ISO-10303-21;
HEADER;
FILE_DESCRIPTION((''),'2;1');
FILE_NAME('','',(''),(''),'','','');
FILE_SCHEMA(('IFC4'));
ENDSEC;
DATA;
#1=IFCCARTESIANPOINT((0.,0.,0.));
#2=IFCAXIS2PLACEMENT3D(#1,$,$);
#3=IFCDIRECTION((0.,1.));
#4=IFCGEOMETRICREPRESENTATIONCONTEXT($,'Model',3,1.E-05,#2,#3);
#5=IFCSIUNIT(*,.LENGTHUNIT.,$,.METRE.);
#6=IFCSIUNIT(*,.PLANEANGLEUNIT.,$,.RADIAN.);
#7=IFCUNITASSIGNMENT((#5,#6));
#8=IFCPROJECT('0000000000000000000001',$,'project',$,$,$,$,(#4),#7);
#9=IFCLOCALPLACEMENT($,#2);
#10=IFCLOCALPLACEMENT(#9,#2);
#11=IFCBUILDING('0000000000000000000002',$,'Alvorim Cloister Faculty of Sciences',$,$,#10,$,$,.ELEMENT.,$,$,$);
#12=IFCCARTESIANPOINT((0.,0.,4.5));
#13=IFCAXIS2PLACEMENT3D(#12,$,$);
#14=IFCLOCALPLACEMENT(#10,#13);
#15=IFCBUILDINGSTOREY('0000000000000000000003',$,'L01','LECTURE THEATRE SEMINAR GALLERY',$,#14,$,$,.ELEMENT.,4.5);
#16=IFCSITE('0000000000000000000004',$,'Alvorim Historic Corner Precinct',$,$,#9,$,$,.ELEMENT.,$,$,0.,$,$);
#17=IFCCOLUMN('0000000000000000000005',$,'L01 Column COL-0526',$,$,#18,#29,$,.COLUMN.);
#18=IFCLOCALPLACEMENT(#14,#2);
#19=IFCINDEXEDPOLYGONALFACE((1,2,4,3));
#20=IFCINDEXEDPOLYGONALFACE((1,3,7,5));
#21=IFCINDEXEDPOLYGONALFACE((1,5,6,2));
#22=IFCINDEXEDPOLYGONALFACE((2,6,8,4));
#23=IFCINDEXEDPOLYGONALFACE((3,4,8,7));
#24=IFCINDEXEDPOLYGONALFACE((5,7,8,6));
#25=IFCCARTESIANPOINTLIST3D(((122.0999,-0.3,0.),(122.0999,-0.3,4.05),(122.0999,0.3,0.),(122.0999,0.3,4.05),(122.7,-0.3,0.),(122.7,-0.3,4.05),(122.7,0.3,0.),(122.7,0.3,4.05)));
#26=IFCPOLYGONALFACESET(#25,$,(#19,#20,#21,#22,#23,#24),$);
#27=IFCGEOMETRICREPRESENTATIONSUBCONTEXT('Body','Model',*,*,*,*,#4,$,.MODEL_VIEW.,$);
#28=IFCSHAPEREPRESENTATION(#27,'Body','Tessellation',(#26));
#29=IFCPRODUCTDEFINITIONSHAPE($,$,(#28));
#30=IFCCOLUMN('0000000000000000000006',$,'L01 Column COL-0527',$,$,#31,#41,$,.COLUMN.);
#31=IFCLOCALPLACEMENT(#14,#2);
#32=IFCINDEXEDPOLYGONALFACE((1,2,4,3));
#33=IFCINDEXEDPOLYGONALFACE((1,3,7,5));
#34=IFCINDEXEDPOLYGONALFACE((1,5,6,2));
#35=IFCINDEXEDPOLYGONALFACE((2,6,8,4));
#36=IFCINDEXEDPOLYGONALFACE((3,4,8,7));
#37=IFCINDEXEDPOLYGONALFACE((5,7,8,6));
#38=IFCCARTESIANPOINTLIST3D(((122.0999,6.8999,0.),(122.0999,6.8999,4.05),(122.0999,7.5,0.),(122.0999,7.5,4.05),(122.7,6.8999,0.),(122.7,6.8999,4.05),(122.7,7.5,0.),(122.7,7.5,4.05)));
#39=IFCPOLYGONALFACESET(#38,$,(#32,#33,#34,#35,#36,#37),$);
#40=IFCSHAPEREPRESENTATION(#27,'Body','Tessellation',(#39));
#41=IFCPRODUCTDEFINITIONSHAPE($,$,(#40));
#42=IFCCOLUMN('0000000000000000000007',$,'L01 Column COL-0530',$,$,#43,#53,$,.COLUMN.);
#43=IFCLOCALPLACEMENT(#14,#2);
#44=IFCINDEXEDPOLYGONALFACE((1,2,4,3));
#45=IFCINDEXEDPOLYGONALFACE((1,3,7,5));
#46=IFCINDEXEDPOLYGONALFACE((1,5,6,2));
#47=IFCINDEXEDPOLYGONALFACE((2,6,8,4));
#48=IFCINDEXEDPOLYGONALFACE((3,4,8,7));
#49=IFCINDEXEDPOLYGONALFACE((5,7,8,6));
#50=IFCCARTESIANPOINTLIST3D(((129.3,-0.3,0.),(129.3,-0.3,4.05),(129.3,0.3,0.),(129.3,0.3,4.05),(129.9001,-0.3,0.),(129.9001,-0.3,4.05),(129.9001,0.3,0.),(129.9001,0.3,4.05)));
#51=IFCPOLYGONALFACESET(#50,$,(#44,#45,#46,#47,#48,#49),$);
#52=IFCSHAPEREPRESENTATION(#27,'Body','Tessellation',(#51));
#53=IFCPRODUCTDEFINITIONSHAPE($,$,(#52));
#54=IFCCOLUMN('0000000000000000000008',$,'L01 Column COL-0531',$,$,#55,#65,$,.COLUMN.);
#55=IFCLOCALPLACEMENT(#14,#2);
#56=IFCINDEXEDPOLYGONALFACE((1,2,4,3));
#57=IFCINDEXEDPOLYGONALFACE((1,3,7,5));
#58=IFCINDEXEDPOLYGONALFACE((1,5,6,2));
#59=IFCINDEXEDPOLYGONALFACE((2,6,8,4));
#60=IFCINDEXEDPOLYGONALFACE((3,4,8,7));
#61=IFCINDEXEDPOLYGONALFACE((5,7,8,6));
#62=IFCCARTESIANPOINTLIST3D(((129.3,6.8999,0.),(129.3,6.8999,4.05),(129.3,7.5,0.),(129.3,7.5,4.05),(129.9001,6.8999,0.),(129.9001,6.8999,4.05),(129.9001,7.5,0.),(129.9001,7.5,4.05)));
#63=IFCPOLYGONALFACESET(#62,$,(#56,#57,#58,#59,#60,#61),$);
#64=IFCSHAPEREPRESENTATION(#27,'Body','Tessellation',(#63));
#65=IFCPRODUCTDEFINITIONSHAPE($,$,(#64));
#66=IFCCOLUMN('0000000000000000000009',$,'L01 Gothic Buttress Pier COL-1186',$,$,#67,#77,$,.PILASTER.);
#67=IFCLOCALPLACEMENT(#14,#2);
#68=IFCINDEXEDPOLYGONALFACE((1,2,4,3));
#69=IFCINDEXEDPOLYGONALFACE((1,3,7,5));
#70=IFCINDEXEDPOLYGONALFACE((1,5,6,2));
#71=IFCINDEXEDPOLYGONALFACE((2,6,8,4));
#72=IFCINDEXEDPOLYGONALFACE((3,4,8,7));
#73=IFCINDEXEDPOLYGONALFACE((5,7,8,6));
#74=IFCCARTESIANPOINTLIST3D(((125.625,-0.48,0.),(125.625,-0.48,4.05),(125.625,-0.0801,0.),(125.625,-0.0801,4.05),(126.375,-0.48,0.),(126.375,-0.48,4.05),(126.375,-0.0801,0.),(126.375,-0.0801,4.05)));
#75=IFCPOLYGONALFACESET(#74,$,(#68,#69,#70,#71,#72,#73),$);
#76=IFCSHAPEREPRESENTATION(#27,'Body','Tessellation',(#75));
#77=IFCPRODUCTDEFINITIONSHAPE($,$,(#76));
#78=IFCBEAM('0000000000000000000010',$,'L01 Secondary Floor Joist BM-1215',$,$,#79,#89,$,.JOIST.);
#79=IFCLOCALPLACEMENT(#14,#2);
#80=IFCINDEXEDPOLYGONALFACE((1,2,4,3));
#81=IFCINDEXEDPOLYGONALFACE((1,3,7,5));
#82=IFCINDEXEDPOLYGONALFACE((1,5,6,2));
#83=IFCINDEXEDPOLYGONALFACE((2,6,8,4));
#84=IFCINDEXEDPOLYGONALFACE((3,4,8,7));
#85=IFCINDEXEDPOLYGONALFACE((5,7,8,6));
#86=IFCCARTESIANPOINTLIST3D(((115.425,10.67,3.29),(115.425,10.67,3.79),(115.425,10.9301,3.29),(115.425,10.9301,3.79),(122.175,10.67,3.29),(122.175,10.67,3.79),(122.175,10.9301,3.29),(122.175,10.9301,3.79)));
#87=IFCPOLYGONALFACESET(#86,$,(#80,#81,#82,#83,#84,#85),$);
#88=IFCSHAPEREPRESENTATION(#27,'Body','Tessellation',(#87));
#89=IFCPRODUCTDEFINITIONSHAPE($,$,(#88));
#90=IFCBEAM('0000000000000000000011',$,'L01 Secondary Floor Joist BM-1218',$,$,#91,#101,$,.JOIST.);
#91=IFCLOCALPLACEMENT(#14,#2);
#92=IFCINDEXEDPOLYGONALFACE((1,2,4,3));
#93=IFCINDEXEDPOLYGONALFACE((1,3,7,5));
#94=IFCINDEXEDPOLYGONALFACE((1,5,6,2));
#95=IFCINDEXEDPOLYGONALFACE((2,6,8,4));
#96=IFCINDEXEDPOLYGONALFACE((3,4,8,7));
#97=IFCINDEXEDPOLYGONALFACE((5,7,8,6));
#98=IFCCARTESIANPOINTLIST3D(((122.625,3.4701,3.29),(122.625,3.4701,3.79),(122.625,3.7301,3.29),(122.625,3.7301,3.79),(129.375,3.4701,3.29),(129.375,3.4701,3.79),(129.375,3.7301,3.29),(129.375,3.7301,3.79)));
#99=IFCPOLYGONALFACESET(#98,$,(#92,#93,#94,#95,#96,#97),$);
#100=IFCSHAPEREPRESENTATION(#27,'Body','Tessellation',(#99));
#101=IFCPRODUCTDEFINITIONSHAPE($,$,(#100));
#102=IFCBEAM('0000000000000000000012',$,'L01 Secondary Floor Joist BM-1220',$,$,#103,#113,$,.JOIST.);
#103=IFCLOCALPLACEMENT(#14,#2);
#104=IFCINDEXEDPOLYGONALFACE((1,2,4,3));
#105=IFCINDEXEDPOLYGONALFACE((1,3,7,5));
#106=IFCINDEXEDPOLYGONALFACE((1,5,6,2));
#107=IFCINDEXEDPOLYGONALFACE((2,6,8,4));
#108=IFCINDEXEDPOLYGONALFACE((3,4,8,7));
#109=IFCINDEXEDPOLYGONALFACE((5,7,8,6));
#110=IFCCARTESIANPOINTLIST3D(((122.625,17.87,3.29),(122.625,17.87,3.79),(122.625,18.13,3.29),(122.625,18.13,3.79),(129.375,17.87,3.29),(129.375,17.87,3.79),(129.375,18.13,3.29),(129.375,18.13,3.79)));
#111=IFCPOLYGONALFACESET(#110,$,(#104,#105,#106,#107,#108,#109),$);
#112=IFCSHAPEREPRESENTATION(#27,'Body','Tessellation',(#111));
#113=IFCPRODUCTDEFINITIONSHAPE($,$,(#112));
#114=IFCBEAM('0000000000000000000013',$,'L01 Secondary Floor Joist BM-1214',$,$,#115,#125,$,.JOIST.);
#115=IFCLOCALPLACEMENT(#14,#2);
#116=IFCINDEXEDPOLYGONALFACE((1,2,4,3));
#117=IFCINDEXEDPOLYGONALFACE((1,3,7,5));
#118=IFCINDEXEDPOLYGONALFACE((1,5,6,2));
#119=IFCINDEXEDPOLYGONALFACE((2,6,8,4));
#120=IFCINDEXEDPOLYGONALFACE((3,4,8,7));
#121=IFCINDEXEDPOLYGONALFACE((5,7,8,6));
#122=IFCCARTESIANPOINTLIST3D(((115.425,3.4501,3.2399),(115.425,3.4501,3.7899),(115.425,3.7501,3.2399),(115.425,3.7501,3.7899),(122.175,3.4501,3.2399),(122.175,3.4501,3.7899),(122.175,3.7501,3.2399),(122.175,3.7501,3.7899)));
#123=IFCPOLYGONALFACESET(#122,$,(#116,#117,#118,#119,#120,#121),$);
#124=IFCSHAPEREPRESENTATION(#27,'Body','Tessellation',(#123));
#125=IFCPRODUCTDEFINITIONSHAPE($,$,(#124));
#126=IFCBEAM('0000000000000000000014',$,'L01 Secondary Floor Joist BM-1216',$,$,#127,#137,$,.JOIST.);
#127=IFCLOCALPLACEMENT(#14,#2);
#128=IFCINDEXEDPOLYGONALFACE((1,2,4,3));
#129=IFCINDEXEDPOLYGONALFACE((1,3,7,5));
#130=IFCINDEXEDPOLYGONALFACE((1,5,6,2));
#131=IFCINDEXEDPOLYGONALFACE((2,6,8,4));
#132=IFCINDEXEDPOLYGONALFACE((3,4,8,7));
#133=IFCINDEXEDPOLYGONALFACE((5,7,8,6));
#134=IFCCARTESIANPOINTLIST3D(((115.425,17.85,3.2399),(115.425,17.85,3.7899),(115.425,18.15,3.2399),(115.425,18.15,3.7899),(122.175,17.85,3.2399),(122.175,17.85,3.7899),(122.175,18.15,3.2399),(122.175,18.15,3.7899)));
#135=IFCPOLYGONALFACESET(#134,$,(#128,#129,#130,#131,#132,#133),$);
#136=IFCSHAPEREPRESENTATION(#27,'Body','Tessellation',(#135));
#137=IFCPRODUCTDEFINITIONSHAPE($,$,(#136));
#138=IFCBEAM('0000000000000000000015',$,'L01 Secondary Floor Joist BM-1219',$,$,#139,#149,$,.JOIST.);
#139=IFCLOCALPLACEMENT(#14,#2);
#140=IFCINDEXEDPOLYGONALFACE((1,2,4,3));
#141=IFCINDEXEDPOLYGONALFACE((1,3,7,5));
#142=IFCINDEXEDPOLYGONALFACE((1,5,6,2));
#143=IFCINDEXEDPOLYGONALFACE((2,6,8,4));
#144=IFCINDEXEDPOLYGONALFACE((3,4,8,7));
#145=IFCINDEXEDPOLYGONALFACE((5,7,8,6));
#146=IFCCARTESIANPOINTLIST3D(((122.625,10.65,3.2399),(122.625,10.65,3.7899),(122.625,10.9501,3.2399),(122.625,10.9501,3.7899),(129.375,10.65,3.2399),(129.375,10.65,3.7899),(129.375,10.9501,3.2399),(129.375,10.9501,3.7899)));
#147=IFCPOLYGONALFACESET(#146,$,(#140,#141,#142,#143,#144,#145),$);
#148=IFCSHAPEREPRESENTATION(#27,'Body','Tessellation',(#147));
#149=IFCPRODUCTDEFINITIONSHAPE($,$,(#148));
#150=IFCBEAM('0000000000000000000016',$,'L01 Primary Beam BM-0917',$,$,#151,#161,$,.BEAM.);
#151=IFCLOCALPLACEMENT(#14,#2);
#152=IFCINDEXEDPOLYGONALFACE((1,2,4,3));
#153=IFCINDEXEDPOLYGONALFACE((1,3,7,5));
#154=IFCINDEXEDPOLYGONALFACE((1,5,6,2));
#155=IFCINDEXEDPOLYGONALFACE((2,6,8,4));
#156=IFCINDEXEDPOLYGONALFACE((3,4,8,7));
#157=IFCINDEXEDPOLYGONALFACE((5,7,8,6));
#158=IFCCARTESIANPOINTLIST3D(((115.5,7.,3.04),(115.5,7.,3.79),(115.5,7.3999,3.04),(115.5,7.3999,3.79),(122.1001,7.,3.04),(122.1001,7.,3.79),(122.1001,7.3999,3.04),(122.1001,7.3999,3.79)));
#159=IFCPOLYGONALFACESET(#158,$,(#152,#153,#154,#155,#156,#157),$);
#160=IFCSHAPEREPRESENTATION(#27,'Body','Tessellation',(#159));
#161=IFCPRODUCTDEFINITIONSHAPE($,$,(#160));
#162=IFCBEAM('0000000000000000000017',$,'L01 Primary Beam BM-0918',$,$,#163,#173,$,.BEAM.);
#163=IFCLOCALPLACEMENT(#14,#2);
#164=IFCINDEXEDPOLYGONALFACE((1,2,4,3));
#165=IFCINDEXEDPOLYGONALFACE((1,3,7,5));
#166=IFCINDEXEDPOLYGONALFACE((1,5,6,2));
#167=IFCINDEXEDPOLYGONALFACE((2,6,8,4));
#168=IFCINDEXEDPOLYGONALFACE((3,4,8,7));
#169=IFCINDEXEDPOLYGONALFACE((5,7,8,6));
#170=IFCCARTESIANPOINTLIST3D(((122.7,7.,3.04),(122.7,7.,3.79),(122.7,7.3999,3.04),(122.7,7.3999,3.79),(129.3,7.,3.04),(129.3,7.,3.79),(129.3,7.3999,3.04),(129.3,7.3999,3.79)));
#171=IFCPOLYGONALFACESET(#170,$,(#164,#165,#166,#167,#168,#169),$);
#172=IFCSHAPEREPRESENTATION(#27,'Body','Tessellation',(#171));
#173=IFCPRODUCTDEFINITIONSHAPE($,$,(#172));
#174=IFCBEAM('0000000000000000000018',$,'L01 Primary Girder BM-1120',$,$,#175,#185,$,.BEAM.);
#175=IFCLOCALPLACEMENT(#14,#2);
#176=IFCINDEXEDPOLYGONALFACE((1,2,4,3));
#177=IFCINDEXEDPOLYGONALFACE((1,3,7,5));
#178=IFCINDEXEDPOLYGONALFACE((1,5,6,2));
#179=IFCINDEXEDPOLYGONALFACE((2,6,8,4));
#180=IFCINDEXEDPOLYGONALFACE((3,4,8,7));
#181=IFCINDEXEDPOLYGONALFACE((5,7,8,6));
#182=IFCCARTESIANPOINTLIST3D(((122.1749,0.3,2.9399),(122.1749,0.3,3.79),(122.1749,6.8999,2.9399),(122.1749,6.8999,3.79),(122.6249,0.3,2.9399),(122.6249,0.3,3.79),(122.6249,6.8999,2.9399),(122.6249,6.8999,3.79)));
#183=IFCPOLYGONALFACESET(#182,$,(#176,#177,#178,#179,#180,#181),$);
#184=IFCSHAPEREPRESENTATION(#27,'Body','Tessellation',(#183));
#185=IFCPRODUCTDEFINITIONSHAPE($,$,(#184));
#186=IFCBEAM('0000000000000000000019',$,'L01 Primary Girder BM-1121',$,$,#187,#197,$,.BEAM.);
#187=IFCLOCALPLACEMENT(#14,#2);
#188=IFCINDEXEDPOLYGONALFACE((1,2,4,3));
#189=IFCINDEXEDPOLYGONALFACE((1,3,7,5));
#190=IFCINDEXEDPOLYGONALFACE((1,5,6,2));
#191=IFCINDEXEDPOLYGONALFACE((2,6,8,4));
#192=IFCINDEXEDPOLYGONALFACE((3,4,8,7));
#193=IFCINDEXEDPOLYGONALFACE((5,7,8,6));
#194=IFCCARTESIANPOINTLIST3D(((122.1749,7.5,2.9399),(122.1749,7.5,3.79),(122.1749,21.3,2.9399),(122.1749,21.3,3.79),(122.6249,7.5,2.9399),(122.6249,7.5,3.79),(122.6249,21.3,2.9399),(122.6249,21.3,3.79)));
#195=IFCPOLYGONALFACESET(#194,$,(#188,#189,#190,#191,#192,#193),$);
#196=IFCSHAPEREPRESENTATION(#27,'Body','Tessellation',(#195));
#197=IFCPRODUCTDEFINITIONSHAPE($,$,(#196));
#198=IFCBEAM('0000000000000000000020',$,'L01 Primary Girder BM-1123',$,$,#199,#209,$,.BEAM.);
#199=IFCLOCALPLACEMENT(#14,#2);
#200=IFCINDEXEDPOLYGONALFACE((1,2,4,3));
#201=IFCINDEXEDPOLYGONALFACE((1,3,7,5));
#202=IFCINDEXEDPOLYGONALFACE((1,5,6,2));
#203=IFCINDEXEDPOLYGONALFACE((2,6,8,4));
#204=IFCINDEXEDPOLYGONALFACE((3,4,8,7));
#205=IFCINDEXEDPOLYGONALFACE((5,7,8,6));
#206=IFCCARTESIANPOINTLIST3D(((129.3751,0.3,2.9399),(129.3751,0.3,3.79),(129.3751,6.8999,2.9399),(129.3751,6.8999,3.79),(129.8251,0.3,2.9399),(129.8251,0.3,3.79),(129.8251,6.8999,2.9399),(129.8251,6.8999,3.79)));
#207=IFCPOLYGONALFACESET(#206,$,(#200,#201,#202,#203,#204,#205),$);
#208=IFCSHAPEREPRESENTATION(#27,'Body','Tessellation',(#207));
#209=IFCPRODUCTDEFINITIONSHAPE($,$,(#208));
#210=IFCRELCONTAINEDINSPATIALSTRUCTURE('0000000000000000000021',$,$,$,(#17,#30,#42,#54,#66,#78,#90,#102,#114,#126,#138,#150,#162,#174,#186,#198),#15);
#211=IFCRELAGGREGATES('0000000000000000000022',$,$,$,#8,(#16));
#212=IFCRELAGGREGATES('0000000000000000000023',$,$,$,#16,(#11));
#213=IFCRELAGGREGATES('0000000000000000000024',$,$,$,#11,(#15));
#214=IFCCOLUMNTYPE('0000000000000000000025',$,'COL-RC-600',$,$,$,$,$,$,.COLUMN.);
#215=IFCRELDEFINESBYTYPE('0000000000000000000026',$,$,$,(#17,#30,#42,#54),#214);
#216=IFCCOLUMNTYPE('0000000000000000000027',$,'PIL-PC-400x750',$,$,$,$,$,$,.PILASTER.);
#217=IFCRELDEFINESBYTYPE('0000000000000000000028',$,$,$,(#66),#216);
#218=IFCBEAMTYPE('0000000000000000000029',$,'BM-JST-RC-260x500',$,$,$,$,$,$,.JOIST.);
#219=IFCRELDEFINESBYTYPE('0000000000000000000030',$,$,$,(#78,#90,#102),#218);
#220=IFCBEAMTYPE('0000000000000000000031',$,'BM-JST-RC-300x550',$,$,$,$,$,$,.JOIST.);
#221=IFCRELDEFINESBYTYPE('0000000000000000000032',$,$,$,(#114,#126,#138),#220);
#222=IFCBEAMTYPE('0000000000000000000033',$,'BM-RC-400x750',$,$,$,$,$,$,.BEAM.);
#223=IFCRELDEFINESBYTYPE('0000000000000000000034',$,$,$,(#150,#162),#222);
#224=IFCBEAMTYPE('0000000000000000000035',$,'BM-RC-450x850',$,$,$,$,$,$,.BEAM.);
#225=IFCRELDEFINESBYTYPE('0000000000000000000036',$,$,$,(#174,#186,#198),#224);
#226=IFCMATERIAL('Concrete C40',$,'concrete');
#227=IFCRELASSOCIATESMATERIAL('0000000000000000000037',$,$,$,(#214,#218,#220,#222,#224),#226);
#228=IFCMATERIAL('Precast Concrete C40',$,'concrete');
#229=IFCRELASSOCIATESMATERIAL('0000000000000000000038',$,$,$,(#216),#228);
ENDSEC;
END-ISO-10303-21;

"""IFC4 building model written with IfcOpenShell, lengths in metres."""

from ifc_helpers import new_model, si_unit, direction, frame, origin, origin_2d, place, context, subcontext, project, spatial, rectangle, extrude, material, material_profile, profile_set, type_object, element, save


model = new_model("IFC4")

# Units and contexts
model_context = context("Model", 3, precision=1e-05, world=origin(), true_north=direction((0.0, 1.0)))
body_context = subcontext(model_context, "Body", "Model", "MODEL_VIEW")
ifc_project = project(units=[si_unit("LENGTHUNIT", "METRE"), si_unit("PLANEANGLEUNIT", "RADIAN")], contexts=[model_context])

# Site, building, storey
site_placement = place(None, origin())
site = spatial("IfcSite", under=ifc_project, at=site_placement, Name="Alvorim Historic Corner Precinct", CompositionType="ELEMENT", RefElevation=0.0)
building_placement = place(site_placement, origin())
building = spatial("IfcBuilding", under=site, at=building_placement, Name="Alvorim Cloister Faculty of Sciences", CompositionType="ELEMENT")
storey_placement = place(building_placement, frame((0.0, 0.0, 4.5)))
storey = spatial("IfcBuildingStorey", under=building, at=storey_placement, Name="L01", Description="LECTURE THEATRE SEMINAR GALLERY", CompositionType="ELEMENT", Elevation=4.5)

# Columns
ifc_material_1 = material(Name="Concrete C40", Category="concrete")
ifc_material_profile_1 = material_profile(ifc_material_1, rectangle(XDim=0.6001, YDim=0.6001, at=origin_2d()), Name="RC40-COL-600x600")
ifc_profile_set_1 = profile_set([ifc_material_profile_1], Name="Concrete C40")
column_type_1 = type_object("IfcColumnType", Name="COL-RC-600", PredefinedType="COLUMN", material=ifc_profile_set_1)
for number, where, z_axis, x_axis, name in (
    (1, (122.3999, 0.0, 0.0), (0.0, 0.0, 1.0), (1.0, 0.0, 0.0), "L01 Column COL-0526"),
    (2, (122.3999, 7.2, 0.0), (0.0, 0.0, 1.0), (1.0, 0.0, 0.0), "L01 Column COL-0527"),
    (3, (129.6001, 0.0, 0.0), (0.0, 0.0, 1.0), (1.0, 0.0, 0.0), "L01 Column COL-0530"),
    (4, (129.6001, 7.2, 0.0), (0.0, 0.0, 1.0), (1.0, 0.0, 0.0), "L01 Column COL-0531"),
):
    element("IfcColumn", number, at=place(storey_placement, frame(where, z_axis=z_axis, x_axis=x_axis)), inside=storey, type_object=column_type_1, Name=name, PredefinedType="COLUMN", context=body_context, shape_type="SweptSolid", body=[
        extrude(rectangle(XDim=0.6001, YDim=0.6001, at=origin_2d()), origin(), (0.0, 0.0, 1.0), 4.05),
    ])
ifc_material_2 = material(Name="Precast Concrete C40", Category="concrete")
ifc_material_profile_2 = material_profile(ifc_material_2, rectangle(XDim=0.3999, YDim=0.75, at=origin_2d()), Name="RC40-PIL-400x750")
ifc_profile_set_2 = profile_set([ifc_material_profile_2], Name="Precast Concrete C40")
column_type_2 = type_object("IfcColumnType", Name="PIL-PC-400x750", PredefinedType="PILASTER", material=ifc_profile_set_2)
column_placement = place(storey_placement, frame((126.0, -0.28, 0.0), z_axis=(0.0, 0.0, 1.0), x_axis=(0.0, 1.0, 0.0)))
element("IfcColumn", 5, at=column_placement, inside=storey, type_object=column_type_2, Name="L01 Gothic Buttress Pier COL-1186", PredefinedType="PILASTER", context=body_context, shape_type="SweptSolid", body=[
    extrude(rectangle(XDim=0.3999, YDim=0.75, at=origin_2d()), origin(), (0.0, 0.0, 1.0), 4.05),
])

# Beams
ifc_material_profile_3 = material_profile(ifc_material_1, rectangle(XDim=0.26, YDim=0.5, at=origin_2d()), Name="RC40-JST-260x500")
ifc_profile_set_3 = profile_set([ifc_material_profile_3], Name="Concrete C40")
beam_type_1 = type_object("IfcBeamType", Name="BM-JST-RC-260x500", PredefinedType="JOIST", material=ifc_profile_set_3)
for number, where, z_axis, x_axis, name in (
    (6, (115.425, 10.8, 3.54), (1.0, 0.0, 0.0), (0.0, 1.0, 0.0), "L01 Secondary Floor Joist BM-1215"),
    (7, (122.625, 3.6001, 3.54), (1.0, 0.0, 0.0), (0.0, 1.0, 0.0), "L01 Secondary Floor Joist BM-1218"),
    (8, (122.625, 18.0, 3.54), (1.0, 0.0, 0.0), (0.0, 1.0, 0.0), "L01 Secondary Floor Joist BM-1220"),
):
    element("IfcBeam", number, at=place(storey_placement, frame(where, z_axis=z_axis, x_axis=x_axis)), inside=storey, type_object=beam_type_1, Name=name, PredefinedType="JOIST", context=body_context, shape_type="SweptSolid", body=[
        extrude(rectangle(XDim=0.26, YDim=0.5, at=origin_2d()), origin(), (0.0, 0.0, 1.0), 6.75),
    ])
ifc_material_profile_4 = material_profile(ifc_material_1, rectangle(XDim=0.3, YDim=0.55, at=origin_2d()), Name="RC40-JST-300x550")
ifc_profile_set_4 = profile_set([ifc_material_profile_4], Name="Concrete C40")
beam_type_2 = type_object("IfcBeamType", Name="BM-JST-RC-300x550", PredefinedType="JOIST", material=ifc_profile_set_4)
for number, where, z_axis, x_axis, name in (
    (9, (115.425, 3.6001, 3.5149), (1.0, 0.0, 0.0), (0.0, 1.0, 0.0), "L01 Secondary Floor Joist BM-1214"),
    (10, (115.425, 18.0, 3.5149), (1.0, 0.0, 0.0), (0.0, 1.0, 0.0), "L01 Secondary Floor Joist BM-1216"),
    (11, (122.625, 10.8, 3.5149), (1.0, 0.0, 0.0), (0.0, 1.0, 0.0), "L01 Secondary Floor Joist BM-1219"),
):
    element("IfcBeam", number, at=place(storey_placement, frame(where, z_axis=z_axis, x_axis=x_axis)), inside=storey, type_object=beam_type_2, Name=name, PredefinedType="JOIST", context=body_context, shape_type="SweptSolid", body=[
        extrude(rectangle(XDim=0.3, YDim=0.55, at=origin_2d()), origin(), (0.0, 0.0, 1.0), 6.75),
    ])
ifc_material_profile_5 = material_profile(ifc_material_1, rectangle(XDim=0.3999, YDim=0.75, at=origin_2d()), Name="RC40-BM-400x750")
ifc_profile_set_5 = profile_set([ifc_material_profile_5], Name="Concrete C40")
beam_type_3 = type_object("IfcBeamType", Name="BM-RC-400x750", PredefinedType="BEAM", material=ifc_profile_set_5)
for number, where, z_axis, x_axis, name in (
    (12, (115.5, 7.2, 3.415), (1.0, 0.0, 0.0), (0.0, 1.0, 0.0), "L01 Primary Beam BM-0917"),
    (13, (122.7, 7.2, 3.415), (1.0, 0.0, 0.0), (0.0, 1.0, 0.0), "L01 Primary Beam BM-0918"),
):
    element("IfcBeam", number, at=place(storey_placement, frame(where, z_axis=z_axis, x_axis=x_axis)), inside=storey, type_object=beam_type_3, Name=name, PredefinedType="BEAM", context=body_context, shape_type="SweptSolid", body=[
        extrude(rectangle(XDim=0.3999, YDim=0.75, at=origin_2d()), origin(), (0.0, 0.0, 1.0), 6.6001),
    ])
ifc_material_profile_6 = material_profile(ifc_material_1, rectangle(XDim=0.45, YDim=0.8501, at=origin_2d()), Name="RC40-BM-450x850")
ifc_profile_set_6 = profile_set([ifc_material_profile_6], Name="Concrete C40")
beam_type_4 = type_object("IfcBeamType", Name="BM-RC-450x850", PredefinedType="BEAM", material=ifc_profile_set_6)
beam_1_placement = place(storey_placement, frame((122.3999, 0.3, 3.365), z_axis=(0.0, 1.0, 0.0), x_axis=(-1.0, 0.0, 0.0)))
element("IfcBeam", 14, at=beam_1_placement, inside=storey, type_object=beam_type_4, Name="L01 Primary Girder BM-1120", PredefinedType="BEAM", context=body_context, shape_type="SweptSolid", body=[
    extrude(rectangle(XDim=0.45, YDim=0.8501, at=origin_2d()), origin(), (0.0, 0.0, 1.0), 6.5999),
])
beam_2_placement = place(storey_placement, frame((122.3999, 7.5, 3.365), z_axis=(0.0, 1.0, 0.0), x_axis=(-1.0, 0.0, 0.0)))
element("IfcBeam", 15, at=beam_2_placement, inside=storey, type_object=beam_type_4, Name="L01 Primary Girder BM-1121", PredefinedType="BEAM", context=body_context, shape_type="SweptSolid", body=[
    extrude(rectangle(XDim=0.45, YDim=0.8501, at=origin_2d()), origin(), (0.0, 0.0, 1.0), 13.8),
])
beam_3_placement = place(storey_placement, frame((129.6001, 0.3, 3.365), z_axis=(0.0, 1.0, 0.0), x_axis=(-1.0, 0.0, 0.0)))
element("IfcBeam", 16, at=beam_3_placement, inside=storey, type_object=beam_type_4, Name="L01 Primary Girder BM-1123", PredefinedType="BEAM", context=body_context, shape_type="SweptSolid", body=[
    extrude(rectangle(XDim=0.45, YDim=0.8501, at=origin_2d()), origin(), (0.0, 0.0, 1.0), 6.5999),
])

save(model, "model.ifc")
